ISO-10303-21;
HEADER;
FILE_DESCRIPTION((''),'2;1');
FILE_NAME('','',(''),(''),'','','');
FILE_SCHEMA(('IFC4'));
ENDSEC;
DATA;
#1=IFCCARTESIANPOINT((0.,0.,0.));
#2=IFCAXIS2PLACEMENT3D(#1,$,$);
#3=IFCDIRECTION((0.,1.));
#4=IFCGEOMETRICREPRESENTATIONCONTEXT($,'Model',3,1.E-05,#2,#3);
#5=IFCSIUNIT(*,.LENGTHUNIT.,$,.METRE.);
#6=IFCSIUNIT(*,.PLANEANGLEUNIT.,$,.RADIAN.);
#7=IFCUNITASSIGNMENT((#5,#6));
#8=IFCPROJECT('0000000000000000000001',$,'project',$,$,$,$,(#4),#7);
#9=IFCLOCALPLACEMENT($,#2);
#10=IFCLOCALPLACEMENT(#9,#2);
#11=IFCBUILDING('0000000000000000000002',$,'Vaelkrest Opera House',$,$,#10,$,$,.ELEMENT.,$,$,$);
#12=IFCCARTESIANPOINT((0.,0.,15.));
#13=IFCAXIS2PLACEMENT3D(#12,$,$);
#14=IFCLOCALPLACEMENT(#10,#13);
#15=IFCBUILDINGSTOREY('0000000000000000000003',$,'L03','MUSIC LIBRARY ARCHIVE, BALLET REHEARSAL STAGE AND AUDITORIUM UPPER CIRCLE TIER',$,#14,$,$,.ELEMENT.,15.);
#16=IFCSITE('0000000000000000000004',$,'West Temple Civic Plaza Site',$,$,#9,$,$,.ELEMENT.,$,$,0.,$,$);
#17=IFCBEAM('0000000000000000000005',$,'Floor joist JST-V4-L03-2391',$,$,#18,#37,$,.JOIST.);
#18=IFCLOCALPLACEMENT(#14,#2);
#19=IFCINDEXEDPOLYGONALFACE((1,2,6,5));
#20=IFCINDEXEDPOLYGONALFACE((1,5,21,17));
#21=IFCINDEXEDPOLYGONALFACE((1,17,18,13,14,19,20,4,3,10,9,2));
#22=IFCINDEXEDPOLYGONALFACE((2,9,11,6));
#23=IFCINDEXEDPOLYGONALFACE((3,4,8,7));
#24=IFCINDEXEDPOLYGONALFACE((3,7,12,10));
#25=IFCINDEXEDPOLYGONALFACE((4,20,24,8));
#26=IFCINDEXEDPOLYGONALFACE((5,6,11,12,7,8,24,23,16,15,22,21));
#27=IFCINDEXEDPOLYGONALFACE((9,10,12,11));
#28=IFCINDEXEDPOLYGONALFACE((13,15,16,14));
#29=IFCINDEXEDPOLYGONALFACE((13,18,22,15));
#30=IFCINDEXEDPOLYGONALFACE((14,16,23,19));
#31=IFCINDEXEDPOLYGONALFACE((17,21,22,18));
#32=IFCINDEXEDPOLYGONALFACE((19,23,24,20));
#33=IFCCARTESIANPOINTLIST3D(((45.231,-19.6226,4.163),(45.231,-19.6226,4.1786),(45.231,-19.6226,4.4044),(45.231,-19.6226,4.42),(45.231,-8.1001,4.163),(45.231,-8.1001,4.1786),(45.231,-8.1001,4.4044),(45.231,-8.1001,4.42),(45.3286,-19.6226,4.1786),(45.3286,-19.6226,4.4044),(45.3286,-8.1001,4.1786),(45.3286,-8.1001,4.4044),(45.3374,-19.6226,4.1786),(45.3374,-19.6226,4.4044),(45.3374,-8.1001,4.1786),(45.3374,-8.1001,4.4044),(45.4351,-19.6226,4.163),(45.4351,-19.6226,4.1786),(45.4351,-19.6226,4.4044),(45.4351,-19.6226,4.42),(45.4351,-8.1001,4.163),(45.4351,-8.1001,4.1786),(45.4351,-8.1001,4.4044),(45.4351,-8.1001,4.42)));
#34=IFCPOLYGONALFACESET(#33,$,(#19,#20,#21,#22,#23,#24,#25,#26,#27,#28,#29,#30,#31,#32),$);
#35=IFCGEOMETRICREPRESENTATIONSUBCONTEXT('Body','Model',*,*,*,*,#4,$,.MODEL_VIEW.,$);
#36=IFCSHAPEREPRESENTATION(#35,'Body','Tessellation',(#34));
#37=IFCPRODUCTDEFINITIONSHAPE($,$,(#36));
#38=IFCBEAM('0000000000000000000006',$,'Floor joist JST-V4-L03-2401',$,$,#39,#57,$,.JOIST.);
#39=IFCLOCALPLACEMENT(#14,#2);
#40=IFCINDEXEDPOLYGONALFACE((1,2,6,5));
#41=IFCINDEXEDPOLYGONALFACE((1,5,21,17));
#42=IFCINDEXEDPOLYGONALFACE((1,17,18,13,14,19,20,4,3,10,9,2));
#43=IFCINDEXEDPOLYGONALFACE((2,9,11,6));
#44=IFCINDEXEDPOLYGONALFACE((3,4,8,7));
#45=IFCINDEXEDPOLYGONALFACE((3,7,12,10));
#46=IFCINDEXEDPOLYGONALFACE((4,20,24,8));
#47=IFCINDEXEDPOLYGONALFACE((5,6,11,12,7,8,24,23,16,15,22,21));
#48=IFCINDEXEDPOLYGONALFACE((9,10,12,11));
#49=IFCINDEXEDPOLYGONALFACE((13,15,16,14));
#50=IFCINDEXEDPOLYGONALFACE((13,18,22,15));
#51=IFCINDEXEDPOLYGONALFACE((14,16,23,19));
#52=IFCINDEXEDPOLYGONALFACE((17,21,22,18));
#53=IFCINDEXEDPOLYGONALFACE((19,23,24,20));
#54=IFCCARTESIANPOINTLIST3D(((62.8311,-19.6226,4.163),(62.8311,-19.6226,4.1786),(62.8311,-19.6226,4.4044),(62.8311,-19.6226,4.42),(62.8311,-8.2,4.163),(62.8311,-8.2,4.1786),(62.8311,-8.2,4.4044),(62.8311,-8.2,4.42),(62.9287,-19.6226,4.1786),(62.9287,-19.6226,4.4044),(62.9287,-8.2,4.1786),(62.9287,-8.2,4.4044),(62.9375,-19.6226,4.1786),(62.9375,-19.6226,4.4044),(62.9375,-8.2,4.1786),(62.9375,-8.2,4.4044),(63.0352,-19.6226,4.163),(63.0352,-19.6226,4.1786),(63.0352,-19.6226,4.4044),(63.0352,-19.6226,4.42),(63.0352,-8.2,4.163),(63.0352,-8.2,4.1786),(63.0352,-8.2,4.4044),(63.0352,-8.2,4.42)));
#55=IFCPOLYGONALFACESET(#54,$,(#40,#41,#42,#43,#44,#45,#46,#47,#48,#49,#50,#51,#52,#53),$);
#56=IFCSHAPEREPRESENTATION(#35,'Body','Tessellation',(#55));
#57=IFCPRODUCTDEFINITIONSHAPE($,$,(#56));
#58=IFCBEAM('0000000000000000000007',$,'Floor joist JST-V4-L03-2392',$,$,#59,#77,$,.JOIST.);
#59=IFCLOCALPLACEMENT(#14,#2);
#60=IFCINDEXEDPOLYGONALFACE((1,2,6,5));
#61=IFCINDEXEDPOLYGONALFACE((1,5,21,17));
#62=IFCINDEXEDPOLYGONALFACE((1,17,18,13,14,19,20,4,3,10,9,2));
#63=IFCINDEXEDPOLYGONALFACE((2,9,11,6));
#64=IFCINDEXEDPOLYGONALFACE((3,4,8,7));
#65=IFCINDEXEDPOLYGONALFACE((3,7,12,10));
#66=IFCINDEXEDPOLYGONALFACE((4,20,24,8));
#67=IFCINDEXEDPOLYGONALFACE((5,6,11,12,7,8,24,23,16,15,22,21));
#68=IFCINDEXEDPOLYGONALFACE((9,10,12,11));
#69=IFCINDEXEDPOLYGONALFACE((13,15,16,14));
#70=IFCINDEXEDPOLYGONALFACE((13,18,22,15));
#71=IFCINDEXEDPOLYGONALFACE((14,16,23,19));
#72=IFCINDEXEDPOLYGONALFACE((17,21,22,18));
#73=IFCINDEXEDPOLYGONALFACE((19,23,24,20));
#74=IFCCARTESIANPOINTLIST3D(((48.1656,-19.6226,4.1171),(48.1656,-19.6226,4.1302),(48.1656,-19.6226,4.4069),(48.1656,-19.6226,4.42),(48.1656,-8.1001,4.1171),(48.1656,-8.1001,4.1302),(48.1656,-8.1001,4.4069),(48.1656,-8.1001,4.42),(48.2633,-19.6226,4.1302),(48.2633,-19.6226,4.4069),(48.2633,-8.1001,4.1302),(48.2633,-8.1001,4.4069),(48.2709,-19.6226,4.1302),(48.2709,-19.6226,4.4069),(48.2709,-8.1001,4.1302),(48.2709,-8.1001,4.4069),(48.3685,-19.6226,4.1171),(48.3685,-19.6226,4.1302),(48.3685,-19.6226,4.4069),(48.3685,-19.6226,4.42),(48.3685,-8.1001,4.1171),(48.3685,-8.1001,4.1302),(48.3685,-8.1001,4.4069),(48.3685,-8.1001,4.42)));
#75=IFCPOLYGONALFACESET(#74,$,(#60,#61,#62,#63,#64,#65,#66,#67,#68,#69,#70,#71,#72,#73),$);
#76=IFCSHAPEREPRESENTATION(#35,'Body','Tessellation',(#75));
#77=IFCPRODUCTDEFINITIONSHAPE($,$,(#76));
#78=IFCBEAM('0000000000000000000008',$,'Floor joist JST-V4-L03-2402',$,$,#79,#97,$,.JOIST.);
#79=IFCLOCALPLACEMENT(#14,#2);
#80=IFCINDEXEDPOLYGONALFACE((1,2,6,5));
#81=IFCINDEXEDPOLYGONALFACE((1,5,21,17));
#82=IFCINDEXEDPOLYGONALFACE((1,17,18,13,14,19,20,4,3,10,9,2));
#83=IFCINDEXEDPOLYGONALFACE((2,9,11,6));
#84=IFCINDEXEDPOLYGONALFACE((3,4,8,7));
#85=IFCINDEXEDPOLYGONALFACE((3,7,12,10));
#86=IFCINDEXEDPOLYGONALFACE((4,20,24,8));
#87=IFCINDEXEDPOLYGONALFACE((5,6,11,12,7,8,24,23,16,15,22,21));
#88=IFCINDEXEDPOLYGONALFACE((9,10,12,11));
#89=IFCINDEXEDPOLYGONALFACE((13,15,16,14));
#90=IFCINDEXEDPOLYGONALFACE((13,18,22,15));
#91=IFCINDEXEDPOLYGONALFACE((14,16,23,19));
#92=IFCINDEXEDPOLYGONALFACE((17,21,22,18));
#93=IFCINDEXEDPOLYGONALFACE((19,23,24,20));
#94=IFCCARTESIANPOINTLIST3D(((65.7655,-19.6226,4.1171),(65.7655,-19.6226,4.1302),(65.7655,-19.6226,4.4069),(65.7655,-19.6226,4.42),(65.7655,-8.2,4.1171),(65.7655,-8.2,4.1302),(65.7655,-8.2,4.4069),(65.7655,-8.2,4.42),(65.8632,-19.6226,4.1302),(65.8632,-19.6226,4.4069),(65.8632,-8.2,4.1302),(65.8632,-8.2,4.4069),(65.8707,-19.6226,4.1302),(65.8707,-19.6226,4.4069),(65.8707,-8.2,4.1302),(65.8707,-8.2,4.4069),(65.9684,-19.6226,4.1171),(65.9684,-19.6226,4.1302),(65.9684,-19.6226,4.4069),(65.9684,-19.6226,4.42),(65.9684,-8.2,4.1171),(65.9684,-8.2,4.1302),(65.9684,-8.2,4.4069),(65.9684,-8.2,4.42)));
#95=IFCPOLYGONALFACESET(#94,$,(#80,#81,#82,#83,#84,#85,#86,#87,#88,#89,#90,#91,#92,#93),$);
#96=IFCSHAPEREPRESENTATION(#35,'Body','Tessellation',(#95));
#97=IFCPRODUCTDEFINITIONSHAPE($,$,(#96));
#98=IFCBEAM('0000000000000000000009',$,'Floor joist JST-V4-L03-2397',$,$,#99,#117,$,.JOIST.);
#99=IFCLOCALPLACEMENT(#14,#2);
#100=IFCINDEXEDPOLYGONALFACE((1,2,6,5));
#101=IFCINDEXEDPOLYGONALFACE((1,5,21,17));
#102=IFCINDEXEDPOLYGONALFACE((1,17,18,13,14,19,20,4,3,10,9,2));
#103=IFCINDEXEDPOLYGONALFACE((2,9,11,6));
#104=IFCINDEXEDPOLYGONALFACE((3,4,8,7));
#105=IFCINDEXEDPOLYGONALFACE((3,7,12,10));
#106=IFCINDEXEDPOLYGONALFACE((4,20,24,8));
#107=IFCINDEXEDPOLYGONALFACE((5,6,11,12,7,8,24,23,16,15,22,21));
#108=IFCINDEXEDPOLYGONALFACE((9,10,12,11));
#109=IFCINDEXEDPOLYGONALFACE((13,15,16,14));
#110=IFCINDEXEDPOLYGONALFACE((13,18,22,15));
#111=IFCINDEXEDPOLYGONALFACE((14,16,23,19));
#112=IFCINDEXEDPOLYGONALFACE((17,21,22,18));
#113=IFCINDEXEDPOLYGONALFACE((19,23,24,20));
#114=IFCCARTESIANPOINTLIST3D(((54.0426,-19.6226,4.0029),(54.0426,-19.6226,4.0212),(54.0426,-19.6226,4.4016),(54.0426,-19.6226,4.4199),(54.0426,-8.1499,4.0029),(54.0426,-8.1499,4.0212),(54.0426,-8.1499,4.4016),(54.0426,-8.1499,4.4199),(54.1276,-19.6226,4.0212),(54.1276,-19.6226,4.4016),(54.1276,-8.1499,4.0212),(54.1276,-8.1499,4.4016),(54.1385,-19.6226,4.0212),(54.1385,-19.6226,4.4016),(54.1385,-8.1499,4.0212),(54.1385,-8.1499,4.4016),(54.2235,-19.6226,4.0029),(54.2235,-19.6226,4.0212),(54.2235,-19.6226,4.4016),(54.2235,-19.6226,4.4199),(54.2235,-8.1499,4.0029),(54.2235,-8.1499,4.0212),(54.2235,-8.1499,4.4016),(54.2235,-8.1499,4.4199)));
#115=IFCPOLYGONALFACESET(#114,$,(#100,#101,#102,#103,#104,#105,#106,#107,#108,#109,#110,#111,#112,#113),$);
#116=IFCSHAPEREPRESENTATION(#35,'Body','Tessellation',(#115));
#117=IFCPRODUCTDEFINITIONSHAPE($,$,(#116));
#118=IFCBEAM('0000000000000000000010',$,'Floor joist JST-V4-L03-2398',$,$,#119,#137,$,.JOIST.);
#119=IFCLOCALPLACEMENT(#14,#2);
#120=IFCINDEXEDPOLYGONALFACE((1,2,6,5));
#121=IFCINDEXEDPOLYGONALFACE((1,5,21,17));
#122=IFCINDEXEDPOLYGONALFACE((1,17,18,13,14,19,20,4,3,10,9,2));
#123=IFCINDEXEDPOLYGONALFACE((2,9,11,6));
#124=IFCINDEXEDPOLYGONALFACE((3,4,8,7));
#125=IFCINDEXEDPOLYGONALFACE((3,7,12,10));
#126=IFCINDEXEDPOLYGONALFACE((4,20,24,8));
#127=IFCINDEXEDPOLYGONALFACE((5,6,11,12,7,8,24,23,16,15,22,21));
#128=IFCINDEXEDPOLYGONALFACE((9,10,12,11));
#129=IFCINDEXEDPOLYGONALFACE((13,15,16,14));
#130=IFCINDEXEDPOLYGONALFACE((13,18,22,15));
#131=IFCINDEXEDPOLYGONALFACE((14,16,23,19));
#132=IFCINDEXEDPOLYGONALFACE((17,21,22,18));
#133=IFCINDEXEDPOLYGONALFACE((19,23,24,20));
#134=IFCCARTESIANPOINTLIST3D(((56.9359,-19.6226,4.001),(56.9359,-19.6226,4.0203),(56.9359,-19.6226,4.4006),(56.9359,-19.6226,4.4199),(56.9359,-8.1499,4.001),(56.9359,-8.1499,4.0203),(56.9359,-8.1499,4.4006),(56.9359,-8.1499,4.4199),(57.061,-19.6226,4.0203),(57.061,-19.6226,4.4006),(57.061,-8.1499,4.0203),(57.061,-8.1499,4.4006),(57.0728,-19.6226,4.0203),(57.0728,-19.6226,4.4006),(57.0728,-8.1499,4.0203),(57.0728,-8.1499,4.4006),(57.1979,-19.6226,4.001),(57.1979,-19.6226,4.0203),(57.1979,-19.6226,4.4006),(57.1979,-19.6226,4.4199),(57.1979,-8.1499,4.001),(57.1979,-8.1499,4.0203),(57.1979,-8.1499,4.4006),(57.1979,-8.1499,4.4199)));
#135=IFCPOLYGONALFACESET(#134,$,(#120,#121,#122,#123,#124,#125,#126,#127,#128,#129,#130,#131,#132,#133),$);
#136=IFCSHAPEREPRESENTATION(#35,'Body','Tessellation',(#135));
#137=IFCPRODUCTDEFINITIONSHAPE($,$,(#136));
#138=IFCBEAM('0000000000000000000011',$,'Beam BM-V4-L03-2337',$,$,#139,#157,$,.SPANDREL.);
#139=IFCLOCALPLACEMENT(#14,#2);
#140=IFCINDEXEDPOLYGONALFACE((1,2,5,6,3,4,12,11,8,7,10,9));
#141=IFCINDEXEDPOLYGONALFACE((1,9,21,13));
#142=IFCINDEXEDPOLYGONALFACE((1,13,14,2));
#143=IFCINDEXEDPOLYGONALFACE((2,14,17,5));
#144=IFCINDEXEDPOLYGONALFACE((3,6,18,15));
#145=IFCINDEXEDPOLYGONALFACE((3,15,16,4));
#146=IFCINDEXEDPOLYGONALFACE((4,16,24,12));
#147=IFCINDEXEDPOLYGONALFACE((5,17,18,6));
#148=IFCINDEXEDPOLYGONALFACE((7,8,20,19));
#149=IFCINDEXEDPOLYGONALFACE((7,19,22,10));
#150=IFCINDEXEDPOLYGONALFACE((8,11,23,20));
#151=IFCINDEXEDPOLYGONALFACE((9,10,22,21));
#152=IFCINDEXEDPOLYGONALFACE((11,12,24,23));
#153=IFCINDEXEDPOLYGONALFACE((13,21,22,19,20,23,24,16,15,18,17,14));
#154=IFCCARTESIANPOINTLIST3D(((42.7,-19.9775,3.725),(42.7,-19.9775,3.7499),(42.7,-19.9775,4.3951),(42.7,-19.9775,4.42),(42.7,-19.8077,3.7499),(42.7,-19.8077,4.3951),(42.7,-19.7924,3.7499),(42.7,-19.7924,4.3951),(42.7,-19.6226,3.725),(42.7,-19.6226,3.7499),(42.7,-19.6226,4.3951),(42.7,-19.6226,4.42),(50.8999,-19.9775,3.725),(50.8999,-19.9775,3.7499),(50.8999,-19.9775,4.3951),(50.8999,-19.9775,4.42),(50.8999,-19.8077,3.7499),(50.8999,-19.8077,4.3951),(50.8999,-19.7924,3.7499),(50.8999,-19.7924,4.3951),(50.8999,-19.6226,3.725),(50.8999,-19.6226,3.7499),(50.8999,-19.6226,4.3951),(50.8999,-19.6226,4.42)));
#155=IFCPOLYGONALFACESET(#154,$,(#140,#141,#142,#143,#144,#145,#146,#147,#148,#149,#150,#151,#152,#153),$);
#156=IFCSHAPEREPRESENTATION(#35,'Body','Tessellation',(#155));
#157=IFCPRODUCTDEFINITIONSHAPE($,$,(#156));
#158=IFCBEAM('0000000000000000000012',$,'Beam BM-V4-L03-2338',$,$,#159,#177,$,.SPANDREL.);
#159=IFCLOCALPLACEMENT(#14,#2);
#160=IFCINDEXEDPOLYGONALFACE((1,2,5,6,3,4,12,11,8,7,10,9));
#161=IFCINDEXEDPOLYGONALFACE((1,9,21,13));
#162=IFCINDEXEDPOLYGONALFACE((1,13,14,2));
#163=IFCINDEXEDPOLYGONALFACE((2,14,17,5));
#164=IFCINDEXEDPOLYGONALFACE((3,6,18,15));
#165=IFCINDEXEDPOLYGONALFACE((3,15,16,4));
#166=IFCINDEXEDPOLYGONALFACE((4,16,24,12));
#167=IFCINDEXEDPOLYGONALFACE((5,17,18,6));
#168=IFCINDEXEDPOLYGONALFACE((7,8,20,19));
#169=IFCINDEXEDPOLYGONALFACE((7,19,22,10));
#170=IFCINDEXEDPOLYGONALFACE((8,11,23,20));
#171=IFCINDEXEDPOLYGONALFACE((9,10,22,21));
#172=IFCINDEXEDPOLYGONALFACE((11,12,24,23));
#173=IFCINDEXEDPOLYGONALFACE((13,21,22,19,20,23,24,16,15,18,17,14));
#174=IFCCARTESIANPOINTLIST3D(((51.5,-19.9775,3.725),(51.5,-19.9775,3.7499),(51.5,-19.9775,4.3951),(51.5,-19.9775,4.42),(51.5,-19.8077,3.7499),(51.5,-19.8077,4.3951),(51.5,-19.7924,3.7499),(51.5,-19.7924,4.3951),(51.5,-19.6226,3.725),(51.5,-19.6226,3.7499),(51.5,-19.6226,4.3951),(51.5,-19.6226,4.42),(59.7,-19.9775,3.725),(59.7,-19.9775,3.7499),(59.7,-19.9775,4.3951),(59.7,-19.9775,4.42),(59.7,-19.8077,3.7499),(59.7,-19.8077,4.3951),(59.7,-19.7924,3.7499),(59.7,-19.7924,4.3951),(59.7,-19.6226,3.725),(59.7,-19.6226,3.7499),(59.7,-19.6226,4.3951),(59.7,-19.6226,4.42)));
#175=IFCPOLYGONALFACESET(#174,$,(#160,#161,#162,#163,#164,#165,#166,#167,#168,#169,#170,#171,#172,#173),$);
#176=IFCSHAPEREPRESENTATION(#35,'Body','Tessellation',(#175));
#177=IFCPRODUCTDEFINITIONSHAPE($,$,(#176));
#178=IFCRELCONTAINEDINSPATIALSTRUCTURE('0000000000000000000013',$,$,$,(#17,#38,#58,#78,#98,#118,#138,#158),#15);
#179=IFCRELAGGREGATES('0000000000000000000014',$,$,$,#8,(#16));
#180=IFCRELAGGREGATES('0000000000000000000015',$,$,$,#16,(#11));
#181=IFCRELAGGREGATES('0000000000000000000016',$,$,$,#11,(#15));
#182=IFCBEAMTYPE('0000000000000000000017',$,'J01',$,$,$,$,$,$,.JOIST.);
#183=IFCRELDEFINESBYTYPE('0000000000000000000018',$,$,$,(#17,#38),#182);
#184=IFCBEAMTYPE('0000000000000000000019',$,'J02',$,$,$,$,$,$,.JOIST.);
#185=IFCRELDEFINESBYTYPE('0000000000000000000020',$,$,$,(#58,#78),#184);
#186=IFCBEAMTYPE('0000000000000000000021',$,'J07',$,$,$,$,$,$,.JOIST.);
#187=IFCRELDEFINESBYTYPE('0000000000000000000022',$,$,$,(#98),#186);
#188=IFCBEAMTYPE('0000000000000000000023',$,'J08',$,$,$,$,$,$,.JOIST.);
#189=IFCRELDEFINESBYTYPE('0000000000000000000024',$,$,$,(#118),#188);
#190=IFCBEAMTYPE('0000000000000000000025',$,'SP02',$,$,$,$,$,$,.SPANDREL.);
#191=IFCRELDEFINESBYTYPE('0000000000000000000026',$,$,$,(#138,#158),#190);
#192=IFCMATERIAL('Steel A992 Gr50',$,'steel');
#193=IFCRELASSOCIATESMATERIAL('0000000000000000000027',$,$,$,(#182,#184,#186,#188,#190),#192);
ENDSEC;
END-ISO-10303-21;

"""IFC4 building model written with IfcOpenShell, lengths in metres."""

from ifc_helpers import new_model, si_unit, direction, frame, origin, origin_2d, place, context, subcontext, project, spatial, i_section, extrude, material, material_profile, profile_set, type_object, element, save


model = new_model("IFC4")

# Units and contexts
model_context = context("Model", 3, precision=1e-05, world=origin(), true_north=direction((0.0, 1.0)))
body_context = subcontext(model_context, "Body", "Model", "MODEL_VIEW")
ifc_project = project(units=[si_unit("LENGTHUNIT", "METRE"), si_unit("PLANEANGLEUNIT", "RADIAN")], contexts=[model_context])

# Site, building, storey
site_placement = place(None, origin())
site = spatial("IfcSite", under=ifc_project, at=site_placement, Name="West Temple Civic Plaza Site", CompositionType="ELEMENT", RefElevation=0.0)
building_placement = place(site_placement, origin())
building = spatial("IfcBuilding", under=site, at=building_placement, Name="Vaelkrest Opera House", CompositionType="ELEMENT")
storey_placement = place(building_placement, frame((0.0, 0.0, 15.0)))
storey = spatial("IfcBuildingStorey", under=building, at=storey_placement, Name="L03", Description="MUSIC LIBRARY ARCHIVE, BALLET REHEARSAL STAGE AND AUDITORIUM UPPER CIRCLE TIER", CompositionType="ELEMENT", Elevation=15.0)

# Beams
ifc_material_1 = material(Name="Steel A992 Gr50", Category="steel")
ifc_material_profile_1 = material_profile(ifc_material_1, i_section(OverallWidth=0.2041, OverallDepth=0.2571, WebThickness=0.0088, FlangeThickness=0.0156, at=origin_2d()), Name="W10X45")
ifc_profile_set_1 = profile_set([ifc_material_profile_1], Name="Steel A992 Gr50")
beam_type_1 = type_object("IfcBeamType", Name="J01", PredefinedType="JOIST", material=ifc_profile_set_1)
beam_1_placement = place(storey_placement, frame((45.333, -19.6226, 4.2915), z_axis=(0.0, 1.0, 0.0), x_axis=(-1.0, 0.0, 0.0)))
element("IfcBeam", 1, at=beam_1_placement, inside=storey, type_object=beam_type_1, Name="Floor joist JST-V4-L03-2391", PredefinedType="JOIST", context=body_context, shape_type="SweptSolid", body=[
    extrude(i_section(OverallWidth=0.2041, OverallDepth=0.2571, WebThickness=0.0088, FlangeThickness=0.0156, at=origin_2d()), origin(), (0.0, 0.0, 1.0), 11.5225),
])
beam_2_placement = place(storey_placement, frame((62.9331, -19.6226, 4.2915), z_axis=(0.0, 1.0, 0.0), x_axis=(-1.0, 0.0, 0.0)))
element("IfcBeam", 2, at=beam_2_placement, inside=storey, type_object=beam_type_1, Name="Floor joist JST-V4-L03-2401", PredefinedType="JOIST", context=body_context, shape_type="SweptSolid", body=[
    extrude(i_section(OverallWidth=0.2041, OverallDepth=0.2571, WebThickness=0.0088, FlangeThickness=0.0156, at=origin_2d()), origin(), (0.0, 0.0, 1.0), 11.4226),
])
ifc_material_profile_2 = material_profile(ifc_material_1, i_section(OverallWidth=0.2029, OverallDepth=0.303, WebThickness=0.0076, FlangeThickness=0.0132, at=origin_2d()), Name="W12X40")
ifc_profile_set_2 = profile_set([ifc_material_profile_2], Name="Steel A992 Gr50")
beam_type_2 = type_object("IfcBeamType", Name="J02", PredefinedType="JOIST", material=ifc_profile_set_2)
beam_3_placement = place(storey_placement, frame((48.2671, -19.6226, 4.2686), z_axis=(0.0, 1.0, 0.0), x_axis=(-1.0, 0.0, 0.0)))
element("IfcBeam", 3, at=beam_3_placement, inside=storey, type_object=beam_type_2, Name="Floor joist JST-V4-L03-2392", PredefinedType="JOIST", context=body_context, shape_type="SweptSolid", body=[
    extrude(i_section(OverallWidth=0.2029, OverallDepth=0.303, WebThickness=0.0076, FlangeThickness=0.0132, at=origin_2d()), origin(), (0.0, 0.0, 1.0), 11.5225),
])
beam_4_placement = place(storey_placement, frame((65.8669, -19.6226, 4.2686), z_axis=(0.0, 1.0, 0.0), x_axis=(-1.0, 0.0, 0.0)))
element("IfcBeam", 4, at=beam_4_placement, inside=storey, type_object=beam_type_2, Name="Floor joist JST-V4-L03-2402", PredefinedType="JOIST", context=body_context, shape_type="SweptSolid", body=[
    extrude(i_section(OverallWidth=0.2029, OverallDepth=0.303, WebThickness=0.0076, FlangeThickness=0.0132, at=origin_2d()), origin(), (0.0, 0.0, 1.0), 11.4226),
])
ifc_material_profile_3 = material_profile(ifc_material_1, i_section(OverallWidth=0.1809, OverallDepth=0.417, WebThickness=0.011, FlangeThickness=0.0183, at=origin_2d()), Name="W16X57")
ifc_profile_set_3 = profile_set([ifc_material_profile_3], Name="Steel A992 Gr50")
beam_type_3 = type_object("IfcBeamType", Name="J07", PredefinedType="JOIST", material=ifc_profile_set_3)
beam_5_placement = place(storey_placement, frame((54.1331, -19.6226, 4.2114), z_axis=(0.0, 1.0, 0.0), x_axis=(-1.0, 0.0, 0.0)))
element("IfcBeam", 5, at=beam_5_placement, inside=storey, type_object=beam_type_3, Name="Floor joist JST-V4-L03-2397", PredefinedType="JOIST", context=body_context, shape_type="SweptSolid", body=[
    extrude(i_section(OverallWidth=0.1809, OverallDepth=0.417, WebThickness=0.011, FlangeThickness=0.0183, at=origin_2d()), origin(), (0.0, 0.0, 1.0), 11.4727),
])
ifc_material_profile_4 = material_profile(ifc_material_1, i_section(OverallWidth=0.262, OverallDepth=0.4189, WebThickness=0.0117, FlangeThickness=0.0193, at=origin_2d()), Name="W16X77")
ifc_profile_set_4 = profile_set([ifc_material_profile_4], Name="Steel A992 Gr50")
beam_type_4 = type_object("IfcBeamType", Name="J08", PredefinedType="JOIST", material=ifc_profile_set_4)
beam_6_placement = place(storey_placement, frame((57.0669, -19.6226, 4.2104), z_axis=(0.0, 1.0, 0.0), x_axis=(-1.0, 0.0, 0.0)))
element("IfcBeam", 6, at=beam_6_placement, inside=storey, type_object=beam_type_4, Name="Floor joist JST-V4-L03-2398", PredefinedType="JOIST", context=body_context, shape_type="SweptSolid", body=[
    extrude(i_section(OverallWidth=0.262, OverallDepth=0.4189, WebThickness=0.0117, FlangeThickness=0.0193, at=origin_2d()), origin(), (0.0, 0.0, 1.0), 11.4727),
])
ifc_material_profile_5 = material_profile(ifc_material_1, i_section(OverallWidth=0.355, OverallDepth=0.6951, WebThickness=0.0154, FlangeThickness=0.0249, at=origin_2d()), Name="W27X146")
ifc_profile_set_5 = profile_set([ifc_material_profile_5], Name="Steel A992 Gr50")
beam_type_5 = type_object("IfcBeamType", Name="SP02", PredefinedType="SPANDREL", material=ifc_profile_set_5)
for number, where, z_axis, x_axis, name in (
    (7, (42.7, -19.8, 4.0725), (1.0, 0.0, 0.0), (0.0, 1.0, 0.0), "Beam BM-V4-L03-2337"),
    (8, (51.5, -19.8, 4.0725), (1.0, 0.0, 0.0), (0.0, 1.0, 0.0), "Beam BM-V4-L03-2338"),
):
    element("IfcBeam", number, at=place(storey_placement, frame(where, z_axis=z_axis, x_axis=x_axis)), inside=storey, type_object=beam_type_5, Name=name, PredefinedType="SPANDREL", context=body_context, shape_type="SweptSolid", body=[
        extrude(i_section(OverallWidth=0.355, OverallDepth=0.6951, WebThickness=0.0154, FlangeThickness=0.0249, at=origin_2d()), origin(), (0.0, 0.0, 1.0), 8.2),
    ])

save(model, "model.ifc")
